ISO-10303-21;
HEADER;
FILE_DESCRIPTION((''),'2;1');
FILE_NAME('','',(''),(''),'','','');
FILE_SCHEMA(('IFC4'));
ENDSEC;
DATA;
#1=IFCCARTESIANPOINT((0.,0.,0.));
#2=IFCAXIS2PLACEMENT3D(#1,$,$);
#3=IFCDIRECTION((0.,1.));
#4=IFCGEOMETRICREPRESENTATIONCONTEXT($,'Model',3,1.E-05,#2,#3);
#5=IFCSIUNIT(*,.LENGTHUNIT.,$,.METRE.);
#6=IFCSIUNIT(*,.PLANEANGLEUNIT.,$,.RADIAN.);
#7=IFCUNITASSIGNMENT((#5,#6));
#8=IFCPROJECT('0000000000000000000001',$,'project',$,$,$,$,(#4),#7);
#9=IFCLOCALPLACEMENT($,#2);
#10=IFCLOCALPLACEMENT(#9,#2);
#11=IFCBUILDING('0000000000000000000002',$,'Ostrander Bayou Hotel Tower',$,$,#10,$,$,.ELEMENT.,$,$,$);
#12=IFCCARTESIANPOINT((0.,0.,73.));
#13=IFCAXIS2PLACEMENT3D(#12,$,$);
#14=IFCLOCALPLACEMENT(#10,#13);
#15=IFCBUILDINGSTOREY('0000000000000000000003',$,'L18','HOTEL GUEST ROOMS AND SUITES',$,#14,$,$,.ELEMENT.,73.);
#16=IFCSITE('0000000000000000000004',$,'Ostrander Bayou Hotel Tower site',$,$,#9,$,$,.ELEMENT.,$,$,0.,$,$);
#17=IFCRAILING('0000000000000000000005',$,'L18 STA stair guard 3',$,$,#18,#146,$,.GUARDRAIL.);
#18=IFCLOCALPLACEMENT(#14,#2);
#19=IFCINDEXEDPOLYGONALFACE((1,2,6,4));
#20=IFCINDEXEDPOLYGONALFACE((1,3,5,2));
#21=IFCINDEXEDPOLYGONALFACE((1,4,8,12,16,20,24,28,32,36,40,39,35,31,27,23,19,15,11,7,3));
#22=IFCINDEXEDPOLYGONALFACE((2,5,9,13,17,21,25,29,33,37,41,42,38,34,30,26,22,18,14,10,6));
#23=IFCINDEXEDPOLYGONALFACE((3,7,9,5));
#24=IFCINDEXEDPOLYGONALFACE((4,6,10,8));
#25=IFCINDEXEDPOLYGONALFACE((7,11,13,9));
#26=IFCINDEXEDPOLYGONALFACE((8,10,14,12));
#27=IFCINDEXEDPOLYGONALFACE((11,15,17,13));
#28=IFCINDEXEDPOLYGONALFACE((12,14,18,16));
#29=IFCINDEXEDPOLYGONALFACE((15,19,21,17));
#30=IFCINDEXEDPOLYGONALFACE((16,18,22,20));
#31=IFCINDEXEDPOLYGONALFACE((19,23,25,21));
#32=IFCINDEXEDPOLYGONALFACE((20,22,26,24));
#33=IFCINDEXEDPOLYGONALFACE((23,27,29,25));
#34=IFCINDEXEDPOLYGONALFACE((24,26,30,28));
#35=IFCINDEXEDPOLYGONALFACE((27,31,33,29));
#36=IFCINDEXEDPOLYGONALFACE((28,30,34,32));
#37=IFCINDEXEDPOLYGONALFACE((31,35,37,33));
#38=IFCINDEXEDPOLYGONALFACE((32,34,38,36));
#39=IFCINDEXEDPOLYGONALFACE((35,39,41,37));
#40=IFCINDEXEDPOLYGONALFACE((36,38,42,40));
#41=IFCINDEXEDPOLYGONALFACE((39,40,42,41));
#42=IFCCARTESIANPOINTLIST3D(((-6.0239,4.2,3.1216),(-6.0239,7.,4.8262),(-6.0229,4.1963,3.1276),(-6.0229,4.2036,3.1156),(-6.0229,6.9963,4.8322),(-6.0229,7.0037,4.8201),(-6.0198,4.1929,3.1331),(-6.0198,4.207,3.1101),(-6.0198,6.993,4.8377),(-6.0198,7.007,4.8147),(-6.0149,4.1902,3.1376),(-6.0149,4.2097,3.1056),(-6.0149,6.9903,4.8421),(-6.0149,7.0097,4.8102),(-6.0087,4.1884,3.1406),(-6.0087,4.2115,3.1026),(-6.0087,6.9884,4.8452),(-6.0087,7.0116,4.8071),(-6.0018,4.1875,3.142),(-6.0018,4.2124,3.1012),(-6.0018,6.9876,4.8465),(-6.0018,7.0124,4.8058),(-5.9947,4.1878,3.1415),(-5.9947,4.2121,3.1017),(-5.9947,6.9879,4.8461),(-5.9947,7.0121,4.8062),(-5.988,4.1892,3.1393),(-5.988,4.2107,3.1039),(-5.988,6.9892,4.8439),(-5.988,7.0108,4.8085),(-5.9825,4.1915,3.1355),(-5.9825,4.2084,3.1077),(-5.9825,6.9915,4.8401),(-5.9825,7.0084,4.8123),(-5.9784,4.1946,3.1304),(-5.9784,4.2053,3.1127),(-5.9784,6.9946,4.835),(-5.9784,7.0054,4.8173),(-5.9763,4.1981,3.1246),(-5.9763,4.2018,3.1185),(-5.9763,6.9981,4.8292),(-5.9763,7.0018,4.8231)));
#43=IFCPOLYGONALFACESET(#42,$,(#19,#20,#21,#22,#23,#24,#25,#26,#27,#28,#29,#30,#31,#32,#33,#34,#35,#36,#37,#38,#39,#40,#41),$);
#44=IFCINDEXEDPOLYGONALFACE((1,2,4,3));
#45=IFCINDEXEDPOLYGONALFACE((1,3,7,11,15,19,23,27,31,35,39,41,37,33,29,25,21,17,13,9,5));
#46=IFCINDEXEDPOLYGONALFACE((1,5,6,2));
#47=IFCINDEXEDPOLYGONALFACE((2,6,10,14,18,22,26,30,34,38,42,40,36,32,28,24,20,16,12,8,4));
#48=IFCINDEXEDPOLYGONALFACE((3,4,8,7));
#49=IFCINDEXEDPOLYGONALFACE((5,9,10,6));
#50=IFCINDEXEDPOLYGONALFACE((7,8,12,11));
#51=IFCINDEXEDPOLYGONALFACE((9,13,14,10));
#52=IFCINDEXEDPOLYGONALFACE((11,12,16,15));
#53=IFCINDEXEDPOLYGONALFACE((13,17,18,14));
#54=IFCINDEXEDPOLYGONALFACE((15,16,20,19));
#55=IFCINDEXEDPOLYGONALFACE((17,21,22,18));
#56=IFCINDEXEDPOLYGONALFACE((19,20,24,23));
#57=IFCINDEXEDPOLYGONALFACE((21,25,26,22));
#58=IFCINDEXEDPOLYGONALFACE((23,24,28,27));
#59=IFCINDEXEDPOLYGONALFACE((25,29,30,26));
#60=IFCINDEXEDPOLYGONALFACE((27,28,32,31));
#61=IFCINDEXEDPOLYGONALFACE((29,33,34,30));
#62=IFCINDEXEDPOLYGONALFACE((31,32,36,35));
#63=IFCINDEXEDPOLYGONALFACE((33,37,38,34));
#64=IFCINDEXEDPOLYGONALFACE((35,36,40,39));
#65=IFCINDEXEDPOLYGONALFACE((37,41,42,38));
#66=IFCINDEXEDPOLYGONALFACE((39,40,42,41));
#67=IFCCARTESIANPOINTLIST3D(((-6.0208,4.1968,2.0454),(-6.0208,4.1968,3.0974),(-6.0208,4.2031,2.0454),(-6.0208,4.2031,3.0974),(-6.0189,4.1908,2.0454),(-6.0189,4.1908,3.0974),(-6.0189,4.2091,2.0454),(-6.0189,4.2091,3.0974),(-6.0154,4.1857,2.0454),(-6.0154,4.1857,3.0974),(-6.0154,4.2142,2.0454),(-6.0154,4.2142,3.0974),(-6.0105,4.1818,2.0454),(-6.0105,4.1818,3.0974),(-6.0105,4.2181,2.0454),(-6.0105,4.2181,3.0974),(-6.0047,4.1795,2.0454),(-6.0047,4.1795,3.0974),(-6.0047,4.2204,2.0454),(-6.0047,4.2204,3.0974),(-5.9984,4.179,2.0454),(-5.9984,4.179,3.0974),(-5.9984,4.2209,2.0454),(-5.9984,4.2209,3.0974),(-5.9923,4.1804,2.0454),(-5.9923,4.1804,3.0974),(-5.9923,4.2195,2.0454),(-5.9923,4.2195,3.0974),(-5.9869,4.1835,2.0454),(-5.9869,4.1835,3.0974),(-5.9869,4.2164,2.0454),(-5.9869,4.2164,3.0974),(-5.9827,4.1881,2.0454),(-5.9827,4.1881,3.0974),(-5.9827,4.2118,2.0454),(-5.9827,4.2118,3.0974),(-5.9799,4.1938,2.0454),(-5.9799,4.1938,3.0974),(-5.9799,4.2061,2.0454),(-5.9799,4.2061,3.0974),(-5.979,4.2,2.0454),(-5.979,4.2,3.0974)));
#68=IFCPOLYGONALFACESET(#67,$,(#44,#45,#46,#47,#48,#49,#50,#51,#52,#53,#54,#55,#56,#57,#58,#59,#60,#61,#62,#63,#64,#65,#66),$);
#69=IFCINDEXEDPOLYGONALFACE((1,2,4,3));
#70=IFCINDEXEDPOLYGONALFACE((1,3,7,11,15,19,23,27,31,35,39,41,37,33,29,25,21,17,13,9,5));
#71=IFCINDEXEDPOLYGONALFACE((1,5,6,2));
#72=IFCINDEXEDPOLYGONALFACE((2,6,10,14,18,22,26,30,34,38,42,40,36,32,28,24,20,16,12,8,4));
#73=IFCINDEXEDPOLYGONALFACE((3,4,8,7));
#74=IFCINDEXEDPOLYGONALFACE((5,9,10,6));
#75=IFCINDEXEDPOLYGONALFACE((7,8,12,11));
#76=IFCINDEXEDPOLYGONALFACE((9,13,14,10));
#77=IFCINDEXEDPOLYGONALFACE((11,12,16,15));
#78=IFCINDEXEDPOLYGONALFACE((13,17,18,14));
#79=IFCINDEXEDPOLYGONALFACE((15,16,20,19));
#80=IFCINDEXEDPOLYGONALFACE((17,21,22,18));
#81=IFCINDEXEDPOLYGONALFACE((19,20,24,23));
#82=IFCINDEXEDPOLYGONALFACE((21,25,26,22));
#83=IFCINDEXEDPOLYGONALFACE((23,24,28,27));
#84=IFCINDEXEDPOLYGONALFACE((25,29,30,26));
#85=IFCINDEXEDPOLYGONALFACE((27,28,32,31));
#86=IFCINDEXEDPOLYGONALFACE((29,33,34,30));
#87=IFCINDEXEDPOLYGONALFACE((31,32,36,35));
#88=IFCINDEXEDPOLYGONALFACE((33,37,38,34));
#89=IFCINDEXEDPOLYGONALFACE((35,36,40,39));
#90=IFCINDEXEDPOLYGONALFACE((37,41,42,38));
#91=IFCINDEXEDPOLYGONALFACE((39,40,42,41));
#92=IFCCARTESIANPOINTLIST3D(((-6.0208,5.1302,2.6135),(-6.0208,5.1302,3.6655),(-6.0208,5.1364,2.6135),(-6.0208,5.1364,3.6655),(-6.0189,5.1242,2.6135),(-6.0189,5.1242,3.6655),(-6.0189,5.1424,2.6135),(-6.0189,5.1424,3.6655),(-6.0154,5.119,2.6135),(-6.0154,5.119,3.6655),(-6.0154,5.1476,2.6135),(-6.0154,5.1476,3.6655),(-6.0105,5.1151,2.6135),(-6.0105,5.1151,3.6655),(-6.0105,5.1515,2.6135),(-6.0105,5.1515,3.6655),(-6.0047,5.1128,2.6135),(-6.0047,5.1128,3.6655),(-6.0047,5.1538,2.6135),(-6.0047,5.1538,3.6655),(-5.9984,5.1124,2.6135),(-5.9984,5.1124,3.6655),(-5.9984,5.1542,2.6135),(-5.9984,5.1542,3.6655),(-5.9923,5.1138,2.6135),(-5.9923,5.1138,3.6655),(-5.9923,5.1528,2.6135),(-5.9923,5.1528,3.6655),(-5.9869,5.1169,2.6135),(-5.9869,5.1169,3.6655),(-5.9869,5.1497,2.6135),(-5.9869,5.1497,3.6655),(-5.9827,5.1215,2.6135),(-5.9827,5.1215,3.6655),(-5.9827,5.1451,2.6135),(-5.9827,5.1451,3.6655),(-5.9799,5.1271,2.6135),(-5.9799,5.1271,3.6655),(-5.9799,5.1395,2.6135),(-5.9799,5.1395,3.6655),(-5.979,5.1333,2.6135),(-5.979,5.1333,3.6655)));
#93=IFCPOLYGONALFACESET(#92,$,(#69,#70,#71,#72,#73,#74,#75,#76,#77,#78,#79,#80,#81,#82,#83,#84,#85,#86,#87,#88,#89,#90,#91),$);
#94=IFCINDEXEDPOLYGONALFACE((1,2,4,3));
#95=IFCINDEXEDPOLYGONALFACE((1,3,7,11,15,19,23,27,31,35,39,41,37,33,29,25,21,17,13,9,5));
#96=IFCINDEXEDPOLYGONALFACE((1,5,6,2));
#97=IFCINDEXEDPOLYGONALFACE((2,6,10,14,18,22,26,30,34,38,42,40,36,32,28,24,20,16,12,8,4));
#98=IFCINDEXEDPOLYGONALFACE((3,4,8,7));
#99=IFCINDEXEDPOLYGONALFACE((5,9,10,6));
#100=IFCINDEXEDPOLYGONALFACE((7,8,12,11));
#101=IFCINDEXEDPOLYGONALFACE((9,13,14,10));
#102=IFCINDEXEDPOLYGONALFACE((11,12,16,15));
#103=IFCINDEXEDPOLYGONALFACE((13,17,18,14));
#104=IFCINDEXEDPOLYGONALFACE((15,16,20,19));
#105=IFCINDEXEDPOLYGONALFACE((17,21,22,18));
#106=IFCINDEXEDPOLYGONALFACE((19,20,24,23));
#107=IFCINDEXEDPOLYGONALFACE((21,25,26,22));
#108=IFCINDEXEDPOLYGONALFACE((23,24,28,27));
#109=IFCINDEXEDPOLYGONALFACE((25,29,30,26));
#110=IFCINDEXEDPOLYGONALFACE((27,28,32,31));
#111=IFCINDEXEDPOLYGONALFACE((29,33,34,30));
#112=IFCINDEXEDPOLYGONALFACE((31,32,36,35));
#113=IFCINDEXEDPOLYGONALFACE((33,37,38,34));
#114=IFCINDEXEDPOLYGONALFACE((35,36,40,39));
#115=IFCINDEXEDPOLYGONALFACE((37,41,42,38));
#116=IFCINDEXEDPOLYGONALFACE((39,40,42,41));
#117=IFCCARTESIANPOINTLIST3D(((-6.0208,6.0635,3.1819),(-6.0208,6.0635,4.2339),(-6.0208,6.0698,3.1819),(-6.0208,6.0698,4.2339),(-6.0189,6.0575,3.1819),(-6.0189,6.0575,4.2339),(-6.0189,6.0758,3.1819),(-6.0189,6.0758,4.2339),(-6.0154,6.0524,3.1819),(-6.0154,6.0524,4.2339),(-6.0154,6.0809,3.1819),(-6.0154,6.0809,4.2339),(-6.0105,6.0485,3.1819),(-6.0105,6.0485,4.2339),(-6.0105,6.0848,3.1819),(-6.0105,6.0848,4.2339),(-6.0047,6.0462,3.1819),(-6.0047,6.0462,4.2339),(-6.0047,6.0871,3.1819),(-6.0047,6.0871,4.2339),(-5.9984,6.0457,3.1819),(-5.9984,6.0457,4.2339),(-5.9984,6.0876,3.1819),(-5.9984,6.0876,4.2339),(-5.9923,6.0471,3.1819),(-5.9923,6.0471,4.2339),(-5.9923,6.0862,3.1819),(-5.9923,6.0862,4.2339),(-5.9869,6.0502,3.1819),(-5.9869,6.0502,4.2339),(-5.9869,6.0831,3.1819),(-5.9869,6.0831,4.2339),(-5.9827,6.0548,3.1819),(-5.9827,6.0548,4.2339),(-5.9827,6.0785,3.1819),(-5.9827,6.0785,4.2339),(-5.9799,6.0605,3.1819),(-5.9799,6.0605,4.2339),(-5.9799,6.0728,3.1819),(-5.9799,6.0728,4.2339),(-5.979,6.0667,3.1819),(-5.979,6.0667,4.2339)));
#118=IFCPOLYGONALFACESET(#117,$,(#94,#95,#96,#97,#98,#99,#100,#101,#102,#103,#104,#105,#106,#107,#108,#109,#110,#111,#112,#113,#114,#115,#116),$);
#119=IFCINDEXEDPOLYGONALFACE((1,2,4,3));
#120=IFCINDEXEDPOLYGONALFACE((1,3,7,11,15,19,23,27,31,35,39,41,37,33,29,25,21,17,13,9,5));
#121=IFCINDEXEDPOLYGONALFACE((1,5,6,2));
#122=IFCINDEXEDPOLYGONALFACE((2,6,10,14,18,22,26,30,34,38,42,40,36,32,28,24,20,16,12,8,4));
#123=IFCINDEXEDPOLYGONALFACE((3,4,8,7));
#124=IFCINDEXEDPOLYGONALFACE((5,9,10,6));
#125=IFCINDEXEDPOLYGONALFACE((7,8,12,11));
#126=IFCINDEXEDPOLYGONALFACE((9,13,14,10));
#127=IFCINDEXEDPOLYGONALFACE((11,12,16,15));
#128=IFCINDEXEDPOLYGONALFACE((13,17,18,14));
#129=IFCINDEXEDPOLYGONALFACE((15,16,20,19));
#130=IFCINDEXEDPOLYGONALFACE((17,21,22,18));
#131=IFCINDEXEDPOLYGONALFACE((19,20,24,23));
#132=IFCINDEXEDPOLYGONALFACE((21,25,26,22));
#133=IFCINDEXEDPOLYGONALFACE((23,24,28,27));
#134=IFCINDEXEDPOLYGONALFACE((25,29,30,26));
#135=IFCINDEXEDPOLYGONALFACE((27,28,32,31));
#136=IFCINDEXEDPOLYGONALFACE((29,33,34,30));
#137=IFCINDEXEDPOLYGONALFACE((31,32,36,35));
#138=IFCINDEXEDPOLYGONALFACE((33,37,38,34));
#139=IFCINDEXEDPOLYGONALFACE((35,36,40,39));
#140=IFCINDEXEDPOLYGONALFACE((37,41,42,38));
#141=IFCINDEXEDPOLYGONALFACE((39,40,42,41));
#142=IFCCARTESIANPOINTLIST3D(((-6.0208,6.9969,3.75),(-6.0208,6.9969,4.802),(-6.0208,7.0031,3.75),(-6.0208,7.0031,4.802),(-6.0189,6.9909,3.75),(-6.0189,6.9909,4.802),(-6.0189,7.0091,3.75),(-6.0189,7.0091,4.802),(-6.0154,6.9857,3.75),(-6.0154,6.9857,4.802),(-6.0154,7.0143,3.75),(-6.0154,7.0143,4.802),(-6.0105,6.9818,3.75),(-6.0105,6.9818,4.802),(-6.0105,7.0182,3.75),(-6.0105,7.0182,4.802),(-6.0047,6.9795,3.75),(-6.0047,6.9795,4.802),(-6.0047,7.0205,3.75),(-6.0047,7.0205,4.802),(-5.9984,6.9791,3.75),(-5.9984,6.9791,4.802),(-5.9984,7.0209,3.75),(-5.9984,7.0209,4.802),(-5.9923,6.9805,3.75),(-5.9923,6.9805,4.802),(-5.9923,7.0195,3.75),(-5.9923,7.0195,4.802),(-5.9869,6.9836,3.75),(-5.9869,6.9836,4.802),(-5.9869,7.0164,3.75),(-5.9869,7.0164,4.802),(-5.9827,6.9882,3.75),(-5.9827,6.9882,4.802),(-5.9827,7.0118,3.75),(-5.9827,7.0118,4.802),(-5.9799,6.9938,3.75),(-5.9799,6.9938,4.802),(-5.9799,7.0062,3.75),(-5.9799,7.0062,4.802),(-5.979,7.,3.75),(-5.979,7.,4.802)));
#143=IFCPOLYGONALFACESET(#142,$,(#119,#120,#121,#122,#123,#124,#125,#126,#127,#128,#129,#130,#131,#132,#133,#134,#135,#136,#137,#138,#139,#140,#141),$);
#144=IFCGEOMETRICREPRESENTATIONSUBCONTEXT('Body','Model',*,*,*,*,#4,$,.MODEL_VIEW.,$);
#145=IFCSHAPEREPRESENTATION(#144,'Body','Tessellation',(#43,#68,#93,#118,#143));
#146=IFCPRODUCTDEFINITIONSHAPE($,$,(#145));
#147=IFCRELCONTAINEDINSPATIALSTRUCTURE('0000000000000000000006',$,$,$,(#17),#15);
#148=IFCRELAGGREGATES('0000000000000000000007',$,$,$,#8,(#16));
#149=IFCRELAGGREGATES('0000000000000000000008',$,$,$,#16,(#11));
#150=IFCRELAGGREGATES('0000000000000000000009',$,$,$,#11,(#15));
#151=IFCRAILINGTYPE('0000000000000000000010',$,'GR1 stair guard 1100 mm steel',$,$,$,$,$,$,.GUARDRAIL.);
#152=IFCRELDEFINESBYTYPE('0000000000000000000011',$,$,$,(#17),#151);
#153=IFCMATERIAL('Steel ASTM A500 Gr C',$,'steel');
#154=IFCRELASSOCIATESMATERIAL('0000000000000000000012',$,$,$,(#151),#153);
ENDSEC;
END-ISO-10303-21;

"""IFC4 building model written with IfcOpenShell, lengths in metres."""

from ifc_helpers import new_model, si_unit, direction, frame, origin, origin_2d, place, context, subcontext, project, spatial, circle, extrude, material, type_object, element, save


model = new_model("IFC4")

# Units and contexts
model_context = context("Model", 3, precision=1e-05, world=origin(), true_north=direction((0.0, 1.0)))
body_context = subcontext(model_context, "Body", "Model", "MODEL_VIEW")
ifc_project = project(units=[si_unit("LENGTHUNIT", "METRE"), si_unit("PLANEANGLEUNIT", "RADIAN")], contexts=[model_context])

# Site, building, storey
site_placement = place(None, origin())
site = spatial("IfcSite", under=ifc_project, at=site_placement, Name="Ostrander Bayou Hotel Tower site", CompositionType="ELEMENT", RefElevation=0.0)
building_placement = place(site_placement, origin())
building = spatial("IfcBuilding", under=site, at=building_placement, Name="Ostrander Bayou Hotel Tower", CompositionType="ELEMENT")
storey_placement = place(building_placement, frame((0.0, 0.0, 73.0)))
storey = spatial("IfcBuildingStorey", under=building, at=storey_placement, Name="L18", Description="HOTEL GUEST ROOMS AND SUITES", CompositionType="ELEMENT", Elevation=73.0)

# Railing
ifc_material_1 = material(Name="Steel ASTM A500 Gr C", Category="steel")
railing_type_1 = type_object("IfcRailingType", Name="GR1 stair guard 1100 mm steel", PredefinedType="GUARDRAIL", material=ifc_material_1)
railing_1_placement = place(storey_placement, frame((-6.0, 4.2, 2.0454)))
element("IfcRailing", 1, at=railing_1_placement, inside=storey, type_object=railing_type_1, Name="L18 STA stair guard 3", PredefinedType="GUARDRAIL", context=body_context, shape_type="SweptSolid", body=[
    extrude(circle(Radius=0.0239, at=origin_2d()), frame((0.0, 0.0, 1.0762), z_axis=(0.0, 0.85417, 0.519994), x_axis=(-1.0, 0.0, 0.0)), (0.0, 0.0, 1.0), 3.2781),
    extrude(circle(Radius=0.021, at=origin_2d()), origin(), (0.0, 0.0, 1.0), 1.052),
    extrude(circle(Radius=0.021, at=origin_2d()), frame((0.0, 0.9333, 0.5681)), (0.0, 0.0, 1.0), 1.052),
    extrude(circle(Radius=0.021, at=origin_2d()), frame((0.0, 1.8667, 1.1365)), (0.0, 0.0, 1.0), 1.052),
    extrude(circle(Radius=0.021, at=origin_2d()), frame((0.0, 2.8, 1.7046)), (0.0, 0.0, 1.0), 1.052),
])

save(model, "model.ifc")
